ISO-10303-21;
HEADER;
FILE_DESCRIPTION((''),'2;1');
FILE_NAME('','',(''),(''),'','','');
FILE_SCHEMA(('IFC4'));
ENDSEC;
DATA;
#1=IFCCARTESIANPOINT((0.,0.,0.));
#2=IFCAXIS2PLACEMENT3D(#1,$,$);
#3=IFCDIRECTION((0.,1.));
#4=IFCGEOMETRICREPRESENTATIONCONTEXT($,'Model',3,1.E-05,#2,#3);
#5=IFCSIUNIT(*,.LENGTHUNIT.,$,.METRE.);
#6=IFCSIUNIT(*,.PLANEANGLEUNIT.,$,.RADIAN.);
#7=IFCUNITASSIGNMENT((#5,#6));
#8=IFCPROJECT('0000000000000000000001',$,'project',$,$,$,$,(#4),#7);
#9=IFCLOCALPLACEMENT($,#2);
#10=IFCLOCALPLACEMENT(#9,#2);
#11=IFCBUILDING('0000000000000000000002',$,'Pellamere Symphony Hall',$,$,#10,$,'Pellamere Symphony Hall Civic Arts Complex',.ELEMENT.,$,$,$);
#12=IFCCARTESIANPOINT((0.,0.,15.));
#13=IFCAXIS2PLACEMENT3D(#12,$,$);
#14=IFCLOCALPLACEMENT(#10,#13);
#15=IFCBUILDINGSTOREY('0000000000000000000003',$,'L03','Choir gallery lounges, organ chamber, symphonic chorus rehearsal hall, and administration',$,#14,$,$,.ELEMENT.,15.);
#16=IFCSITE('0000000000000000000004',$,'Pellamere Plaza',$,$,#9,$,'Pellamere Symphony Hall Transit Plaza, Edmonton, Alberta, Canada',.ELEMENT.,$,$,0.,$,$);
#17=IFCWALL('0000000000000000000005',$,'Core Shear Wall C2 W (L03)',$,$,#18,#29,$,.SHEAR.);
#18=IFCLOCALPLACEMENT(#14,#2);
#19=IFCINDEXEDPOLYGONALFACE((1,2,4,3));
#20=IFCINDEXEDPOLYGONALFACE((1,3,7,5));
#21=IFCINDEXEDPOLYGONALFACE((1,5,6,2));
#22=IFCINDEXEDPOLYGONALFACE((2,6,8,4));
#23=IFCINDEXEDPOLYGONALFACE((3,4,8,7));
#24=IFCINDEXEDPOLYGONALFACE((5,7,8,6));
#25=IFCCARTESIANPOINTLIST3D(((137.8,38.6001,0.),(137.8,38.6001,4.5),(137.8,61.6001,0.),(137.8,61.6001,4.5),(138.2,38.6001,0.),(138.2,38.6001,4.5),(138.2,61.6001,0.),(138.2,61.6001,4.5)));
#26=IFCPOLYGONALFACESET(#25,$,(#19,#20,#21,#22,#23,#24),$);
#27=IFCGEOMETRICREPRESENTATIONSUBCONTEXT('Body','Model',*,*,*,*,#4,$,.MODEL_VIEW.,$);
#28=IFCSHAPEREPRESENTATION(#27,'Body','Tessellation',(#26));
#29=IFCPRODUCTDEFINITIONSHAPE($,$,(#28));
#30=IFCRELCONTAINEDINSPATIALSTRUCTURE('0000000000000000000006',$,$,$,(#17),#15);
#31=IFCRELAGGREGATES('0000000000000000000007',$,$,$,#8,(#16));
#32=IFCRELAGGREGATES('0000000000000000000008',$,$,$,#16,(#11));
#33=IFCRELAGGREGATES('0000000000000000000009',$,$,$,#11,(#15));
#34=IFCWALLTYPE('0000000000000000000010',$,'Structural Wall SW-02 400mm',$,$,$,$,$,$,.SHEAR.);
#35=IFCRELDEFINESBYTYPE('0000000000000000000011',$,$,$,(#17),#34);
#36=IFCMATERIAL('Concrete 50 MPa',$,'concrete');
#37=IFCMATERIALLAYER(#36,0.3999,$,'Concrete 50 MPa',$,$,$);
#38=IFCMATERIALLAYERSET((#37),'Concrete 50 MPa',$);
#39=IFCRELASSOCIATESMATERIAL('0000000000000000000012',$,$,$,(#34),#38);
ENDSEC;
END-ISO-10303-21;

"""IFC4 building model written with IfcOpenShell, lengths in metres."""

from ifc_helpers import new_model, si_unit, direction, frame, frame_2d, origin, place, context, subcontext, project, spatial, rectangle, extrude, material, layer, layer_set, type_object, element, save


model = new_model("IFC4")

# Units and contexts
model_context = context("Model", 3, precision=1e-05, world=origin(), true_north=direction((0.0, 1.0)))
body_context = subcontext(model_context, "Body", "Model", "MODEL_VIEW")
ifc_project = project(units=[si_unit("LENGTHUNIT", "METRE"), si_unit("PLANEANGLEUNIT", "RADIAN")], contexts=[model_context])

# Site, building, storey
site_placement = place(None, origin())
site = spatial("IfcSite", under=ifc_project, at=site_placement, Name="Pellamere Plaza", LongName="Pellamere Symphony Hall Transit Plaza, Edmonton, Alberta, Canada", CompositionType="ELEMENT", RefElevation=0.0)
building_placement = place(site_placement, origin())
building = spatial("IfcBuilding", under=site, at=building_placement, Name="Pellamere Symphony Hall", LongName="Pellamere Symphony Hall Civic Arts Complex", CompositionType="ELEMENT")
storey_placement = place(building_placement, frame((0.0, 0.0, 15.0)))
storey = spatial("IfcBuildingStorey", under=building, at=storey_placement, Name="L03", Description="Choir gallery lounges, organ chamber, symphonic chorus rehearsal hall, and administration", CompositionType="ELEMENT", Elevation=15.0)

# Wall
ifc_material_1 = material(Name="Concrete 50 MPa", Category="concrete")
ifc_layer_1 = layer(ifc_material_1, 0.3999, Name="Concrete 50 MPa")
ifc_layer_set_1 = layer_set([ifc_layer_1], Name="Concrete 50 MPa")
wall_type_1 = type_object("IfcWallType", Name="Structural Wall SW-02 400mm", PredefinedType="SHEAR", material=ifc_layer_set_1)
wall_1_placement = place(storey_placement, frame((138.0, 38.6001, 0.0), z_axis=(0.0, 0.0, 1.0), x_axis=(0.0, 1.0, 0.0)))
element("IfcWall", 1, at=wall_1_placement, inside=storey, type_object=wall_type_1, Name="Core Shear Wall C2 W (L03)", PredefinedType="SHEAR", context=body_context, shape_type="SweptSolid", body=[
    extrude(rectangle(XDim=23.0, YDim=0.3999, at=frame_2d((11.5, 0.0))), origin(), (0.0, 0.0, 1.0), 4.5),
])

save(model, "model.ifc")
